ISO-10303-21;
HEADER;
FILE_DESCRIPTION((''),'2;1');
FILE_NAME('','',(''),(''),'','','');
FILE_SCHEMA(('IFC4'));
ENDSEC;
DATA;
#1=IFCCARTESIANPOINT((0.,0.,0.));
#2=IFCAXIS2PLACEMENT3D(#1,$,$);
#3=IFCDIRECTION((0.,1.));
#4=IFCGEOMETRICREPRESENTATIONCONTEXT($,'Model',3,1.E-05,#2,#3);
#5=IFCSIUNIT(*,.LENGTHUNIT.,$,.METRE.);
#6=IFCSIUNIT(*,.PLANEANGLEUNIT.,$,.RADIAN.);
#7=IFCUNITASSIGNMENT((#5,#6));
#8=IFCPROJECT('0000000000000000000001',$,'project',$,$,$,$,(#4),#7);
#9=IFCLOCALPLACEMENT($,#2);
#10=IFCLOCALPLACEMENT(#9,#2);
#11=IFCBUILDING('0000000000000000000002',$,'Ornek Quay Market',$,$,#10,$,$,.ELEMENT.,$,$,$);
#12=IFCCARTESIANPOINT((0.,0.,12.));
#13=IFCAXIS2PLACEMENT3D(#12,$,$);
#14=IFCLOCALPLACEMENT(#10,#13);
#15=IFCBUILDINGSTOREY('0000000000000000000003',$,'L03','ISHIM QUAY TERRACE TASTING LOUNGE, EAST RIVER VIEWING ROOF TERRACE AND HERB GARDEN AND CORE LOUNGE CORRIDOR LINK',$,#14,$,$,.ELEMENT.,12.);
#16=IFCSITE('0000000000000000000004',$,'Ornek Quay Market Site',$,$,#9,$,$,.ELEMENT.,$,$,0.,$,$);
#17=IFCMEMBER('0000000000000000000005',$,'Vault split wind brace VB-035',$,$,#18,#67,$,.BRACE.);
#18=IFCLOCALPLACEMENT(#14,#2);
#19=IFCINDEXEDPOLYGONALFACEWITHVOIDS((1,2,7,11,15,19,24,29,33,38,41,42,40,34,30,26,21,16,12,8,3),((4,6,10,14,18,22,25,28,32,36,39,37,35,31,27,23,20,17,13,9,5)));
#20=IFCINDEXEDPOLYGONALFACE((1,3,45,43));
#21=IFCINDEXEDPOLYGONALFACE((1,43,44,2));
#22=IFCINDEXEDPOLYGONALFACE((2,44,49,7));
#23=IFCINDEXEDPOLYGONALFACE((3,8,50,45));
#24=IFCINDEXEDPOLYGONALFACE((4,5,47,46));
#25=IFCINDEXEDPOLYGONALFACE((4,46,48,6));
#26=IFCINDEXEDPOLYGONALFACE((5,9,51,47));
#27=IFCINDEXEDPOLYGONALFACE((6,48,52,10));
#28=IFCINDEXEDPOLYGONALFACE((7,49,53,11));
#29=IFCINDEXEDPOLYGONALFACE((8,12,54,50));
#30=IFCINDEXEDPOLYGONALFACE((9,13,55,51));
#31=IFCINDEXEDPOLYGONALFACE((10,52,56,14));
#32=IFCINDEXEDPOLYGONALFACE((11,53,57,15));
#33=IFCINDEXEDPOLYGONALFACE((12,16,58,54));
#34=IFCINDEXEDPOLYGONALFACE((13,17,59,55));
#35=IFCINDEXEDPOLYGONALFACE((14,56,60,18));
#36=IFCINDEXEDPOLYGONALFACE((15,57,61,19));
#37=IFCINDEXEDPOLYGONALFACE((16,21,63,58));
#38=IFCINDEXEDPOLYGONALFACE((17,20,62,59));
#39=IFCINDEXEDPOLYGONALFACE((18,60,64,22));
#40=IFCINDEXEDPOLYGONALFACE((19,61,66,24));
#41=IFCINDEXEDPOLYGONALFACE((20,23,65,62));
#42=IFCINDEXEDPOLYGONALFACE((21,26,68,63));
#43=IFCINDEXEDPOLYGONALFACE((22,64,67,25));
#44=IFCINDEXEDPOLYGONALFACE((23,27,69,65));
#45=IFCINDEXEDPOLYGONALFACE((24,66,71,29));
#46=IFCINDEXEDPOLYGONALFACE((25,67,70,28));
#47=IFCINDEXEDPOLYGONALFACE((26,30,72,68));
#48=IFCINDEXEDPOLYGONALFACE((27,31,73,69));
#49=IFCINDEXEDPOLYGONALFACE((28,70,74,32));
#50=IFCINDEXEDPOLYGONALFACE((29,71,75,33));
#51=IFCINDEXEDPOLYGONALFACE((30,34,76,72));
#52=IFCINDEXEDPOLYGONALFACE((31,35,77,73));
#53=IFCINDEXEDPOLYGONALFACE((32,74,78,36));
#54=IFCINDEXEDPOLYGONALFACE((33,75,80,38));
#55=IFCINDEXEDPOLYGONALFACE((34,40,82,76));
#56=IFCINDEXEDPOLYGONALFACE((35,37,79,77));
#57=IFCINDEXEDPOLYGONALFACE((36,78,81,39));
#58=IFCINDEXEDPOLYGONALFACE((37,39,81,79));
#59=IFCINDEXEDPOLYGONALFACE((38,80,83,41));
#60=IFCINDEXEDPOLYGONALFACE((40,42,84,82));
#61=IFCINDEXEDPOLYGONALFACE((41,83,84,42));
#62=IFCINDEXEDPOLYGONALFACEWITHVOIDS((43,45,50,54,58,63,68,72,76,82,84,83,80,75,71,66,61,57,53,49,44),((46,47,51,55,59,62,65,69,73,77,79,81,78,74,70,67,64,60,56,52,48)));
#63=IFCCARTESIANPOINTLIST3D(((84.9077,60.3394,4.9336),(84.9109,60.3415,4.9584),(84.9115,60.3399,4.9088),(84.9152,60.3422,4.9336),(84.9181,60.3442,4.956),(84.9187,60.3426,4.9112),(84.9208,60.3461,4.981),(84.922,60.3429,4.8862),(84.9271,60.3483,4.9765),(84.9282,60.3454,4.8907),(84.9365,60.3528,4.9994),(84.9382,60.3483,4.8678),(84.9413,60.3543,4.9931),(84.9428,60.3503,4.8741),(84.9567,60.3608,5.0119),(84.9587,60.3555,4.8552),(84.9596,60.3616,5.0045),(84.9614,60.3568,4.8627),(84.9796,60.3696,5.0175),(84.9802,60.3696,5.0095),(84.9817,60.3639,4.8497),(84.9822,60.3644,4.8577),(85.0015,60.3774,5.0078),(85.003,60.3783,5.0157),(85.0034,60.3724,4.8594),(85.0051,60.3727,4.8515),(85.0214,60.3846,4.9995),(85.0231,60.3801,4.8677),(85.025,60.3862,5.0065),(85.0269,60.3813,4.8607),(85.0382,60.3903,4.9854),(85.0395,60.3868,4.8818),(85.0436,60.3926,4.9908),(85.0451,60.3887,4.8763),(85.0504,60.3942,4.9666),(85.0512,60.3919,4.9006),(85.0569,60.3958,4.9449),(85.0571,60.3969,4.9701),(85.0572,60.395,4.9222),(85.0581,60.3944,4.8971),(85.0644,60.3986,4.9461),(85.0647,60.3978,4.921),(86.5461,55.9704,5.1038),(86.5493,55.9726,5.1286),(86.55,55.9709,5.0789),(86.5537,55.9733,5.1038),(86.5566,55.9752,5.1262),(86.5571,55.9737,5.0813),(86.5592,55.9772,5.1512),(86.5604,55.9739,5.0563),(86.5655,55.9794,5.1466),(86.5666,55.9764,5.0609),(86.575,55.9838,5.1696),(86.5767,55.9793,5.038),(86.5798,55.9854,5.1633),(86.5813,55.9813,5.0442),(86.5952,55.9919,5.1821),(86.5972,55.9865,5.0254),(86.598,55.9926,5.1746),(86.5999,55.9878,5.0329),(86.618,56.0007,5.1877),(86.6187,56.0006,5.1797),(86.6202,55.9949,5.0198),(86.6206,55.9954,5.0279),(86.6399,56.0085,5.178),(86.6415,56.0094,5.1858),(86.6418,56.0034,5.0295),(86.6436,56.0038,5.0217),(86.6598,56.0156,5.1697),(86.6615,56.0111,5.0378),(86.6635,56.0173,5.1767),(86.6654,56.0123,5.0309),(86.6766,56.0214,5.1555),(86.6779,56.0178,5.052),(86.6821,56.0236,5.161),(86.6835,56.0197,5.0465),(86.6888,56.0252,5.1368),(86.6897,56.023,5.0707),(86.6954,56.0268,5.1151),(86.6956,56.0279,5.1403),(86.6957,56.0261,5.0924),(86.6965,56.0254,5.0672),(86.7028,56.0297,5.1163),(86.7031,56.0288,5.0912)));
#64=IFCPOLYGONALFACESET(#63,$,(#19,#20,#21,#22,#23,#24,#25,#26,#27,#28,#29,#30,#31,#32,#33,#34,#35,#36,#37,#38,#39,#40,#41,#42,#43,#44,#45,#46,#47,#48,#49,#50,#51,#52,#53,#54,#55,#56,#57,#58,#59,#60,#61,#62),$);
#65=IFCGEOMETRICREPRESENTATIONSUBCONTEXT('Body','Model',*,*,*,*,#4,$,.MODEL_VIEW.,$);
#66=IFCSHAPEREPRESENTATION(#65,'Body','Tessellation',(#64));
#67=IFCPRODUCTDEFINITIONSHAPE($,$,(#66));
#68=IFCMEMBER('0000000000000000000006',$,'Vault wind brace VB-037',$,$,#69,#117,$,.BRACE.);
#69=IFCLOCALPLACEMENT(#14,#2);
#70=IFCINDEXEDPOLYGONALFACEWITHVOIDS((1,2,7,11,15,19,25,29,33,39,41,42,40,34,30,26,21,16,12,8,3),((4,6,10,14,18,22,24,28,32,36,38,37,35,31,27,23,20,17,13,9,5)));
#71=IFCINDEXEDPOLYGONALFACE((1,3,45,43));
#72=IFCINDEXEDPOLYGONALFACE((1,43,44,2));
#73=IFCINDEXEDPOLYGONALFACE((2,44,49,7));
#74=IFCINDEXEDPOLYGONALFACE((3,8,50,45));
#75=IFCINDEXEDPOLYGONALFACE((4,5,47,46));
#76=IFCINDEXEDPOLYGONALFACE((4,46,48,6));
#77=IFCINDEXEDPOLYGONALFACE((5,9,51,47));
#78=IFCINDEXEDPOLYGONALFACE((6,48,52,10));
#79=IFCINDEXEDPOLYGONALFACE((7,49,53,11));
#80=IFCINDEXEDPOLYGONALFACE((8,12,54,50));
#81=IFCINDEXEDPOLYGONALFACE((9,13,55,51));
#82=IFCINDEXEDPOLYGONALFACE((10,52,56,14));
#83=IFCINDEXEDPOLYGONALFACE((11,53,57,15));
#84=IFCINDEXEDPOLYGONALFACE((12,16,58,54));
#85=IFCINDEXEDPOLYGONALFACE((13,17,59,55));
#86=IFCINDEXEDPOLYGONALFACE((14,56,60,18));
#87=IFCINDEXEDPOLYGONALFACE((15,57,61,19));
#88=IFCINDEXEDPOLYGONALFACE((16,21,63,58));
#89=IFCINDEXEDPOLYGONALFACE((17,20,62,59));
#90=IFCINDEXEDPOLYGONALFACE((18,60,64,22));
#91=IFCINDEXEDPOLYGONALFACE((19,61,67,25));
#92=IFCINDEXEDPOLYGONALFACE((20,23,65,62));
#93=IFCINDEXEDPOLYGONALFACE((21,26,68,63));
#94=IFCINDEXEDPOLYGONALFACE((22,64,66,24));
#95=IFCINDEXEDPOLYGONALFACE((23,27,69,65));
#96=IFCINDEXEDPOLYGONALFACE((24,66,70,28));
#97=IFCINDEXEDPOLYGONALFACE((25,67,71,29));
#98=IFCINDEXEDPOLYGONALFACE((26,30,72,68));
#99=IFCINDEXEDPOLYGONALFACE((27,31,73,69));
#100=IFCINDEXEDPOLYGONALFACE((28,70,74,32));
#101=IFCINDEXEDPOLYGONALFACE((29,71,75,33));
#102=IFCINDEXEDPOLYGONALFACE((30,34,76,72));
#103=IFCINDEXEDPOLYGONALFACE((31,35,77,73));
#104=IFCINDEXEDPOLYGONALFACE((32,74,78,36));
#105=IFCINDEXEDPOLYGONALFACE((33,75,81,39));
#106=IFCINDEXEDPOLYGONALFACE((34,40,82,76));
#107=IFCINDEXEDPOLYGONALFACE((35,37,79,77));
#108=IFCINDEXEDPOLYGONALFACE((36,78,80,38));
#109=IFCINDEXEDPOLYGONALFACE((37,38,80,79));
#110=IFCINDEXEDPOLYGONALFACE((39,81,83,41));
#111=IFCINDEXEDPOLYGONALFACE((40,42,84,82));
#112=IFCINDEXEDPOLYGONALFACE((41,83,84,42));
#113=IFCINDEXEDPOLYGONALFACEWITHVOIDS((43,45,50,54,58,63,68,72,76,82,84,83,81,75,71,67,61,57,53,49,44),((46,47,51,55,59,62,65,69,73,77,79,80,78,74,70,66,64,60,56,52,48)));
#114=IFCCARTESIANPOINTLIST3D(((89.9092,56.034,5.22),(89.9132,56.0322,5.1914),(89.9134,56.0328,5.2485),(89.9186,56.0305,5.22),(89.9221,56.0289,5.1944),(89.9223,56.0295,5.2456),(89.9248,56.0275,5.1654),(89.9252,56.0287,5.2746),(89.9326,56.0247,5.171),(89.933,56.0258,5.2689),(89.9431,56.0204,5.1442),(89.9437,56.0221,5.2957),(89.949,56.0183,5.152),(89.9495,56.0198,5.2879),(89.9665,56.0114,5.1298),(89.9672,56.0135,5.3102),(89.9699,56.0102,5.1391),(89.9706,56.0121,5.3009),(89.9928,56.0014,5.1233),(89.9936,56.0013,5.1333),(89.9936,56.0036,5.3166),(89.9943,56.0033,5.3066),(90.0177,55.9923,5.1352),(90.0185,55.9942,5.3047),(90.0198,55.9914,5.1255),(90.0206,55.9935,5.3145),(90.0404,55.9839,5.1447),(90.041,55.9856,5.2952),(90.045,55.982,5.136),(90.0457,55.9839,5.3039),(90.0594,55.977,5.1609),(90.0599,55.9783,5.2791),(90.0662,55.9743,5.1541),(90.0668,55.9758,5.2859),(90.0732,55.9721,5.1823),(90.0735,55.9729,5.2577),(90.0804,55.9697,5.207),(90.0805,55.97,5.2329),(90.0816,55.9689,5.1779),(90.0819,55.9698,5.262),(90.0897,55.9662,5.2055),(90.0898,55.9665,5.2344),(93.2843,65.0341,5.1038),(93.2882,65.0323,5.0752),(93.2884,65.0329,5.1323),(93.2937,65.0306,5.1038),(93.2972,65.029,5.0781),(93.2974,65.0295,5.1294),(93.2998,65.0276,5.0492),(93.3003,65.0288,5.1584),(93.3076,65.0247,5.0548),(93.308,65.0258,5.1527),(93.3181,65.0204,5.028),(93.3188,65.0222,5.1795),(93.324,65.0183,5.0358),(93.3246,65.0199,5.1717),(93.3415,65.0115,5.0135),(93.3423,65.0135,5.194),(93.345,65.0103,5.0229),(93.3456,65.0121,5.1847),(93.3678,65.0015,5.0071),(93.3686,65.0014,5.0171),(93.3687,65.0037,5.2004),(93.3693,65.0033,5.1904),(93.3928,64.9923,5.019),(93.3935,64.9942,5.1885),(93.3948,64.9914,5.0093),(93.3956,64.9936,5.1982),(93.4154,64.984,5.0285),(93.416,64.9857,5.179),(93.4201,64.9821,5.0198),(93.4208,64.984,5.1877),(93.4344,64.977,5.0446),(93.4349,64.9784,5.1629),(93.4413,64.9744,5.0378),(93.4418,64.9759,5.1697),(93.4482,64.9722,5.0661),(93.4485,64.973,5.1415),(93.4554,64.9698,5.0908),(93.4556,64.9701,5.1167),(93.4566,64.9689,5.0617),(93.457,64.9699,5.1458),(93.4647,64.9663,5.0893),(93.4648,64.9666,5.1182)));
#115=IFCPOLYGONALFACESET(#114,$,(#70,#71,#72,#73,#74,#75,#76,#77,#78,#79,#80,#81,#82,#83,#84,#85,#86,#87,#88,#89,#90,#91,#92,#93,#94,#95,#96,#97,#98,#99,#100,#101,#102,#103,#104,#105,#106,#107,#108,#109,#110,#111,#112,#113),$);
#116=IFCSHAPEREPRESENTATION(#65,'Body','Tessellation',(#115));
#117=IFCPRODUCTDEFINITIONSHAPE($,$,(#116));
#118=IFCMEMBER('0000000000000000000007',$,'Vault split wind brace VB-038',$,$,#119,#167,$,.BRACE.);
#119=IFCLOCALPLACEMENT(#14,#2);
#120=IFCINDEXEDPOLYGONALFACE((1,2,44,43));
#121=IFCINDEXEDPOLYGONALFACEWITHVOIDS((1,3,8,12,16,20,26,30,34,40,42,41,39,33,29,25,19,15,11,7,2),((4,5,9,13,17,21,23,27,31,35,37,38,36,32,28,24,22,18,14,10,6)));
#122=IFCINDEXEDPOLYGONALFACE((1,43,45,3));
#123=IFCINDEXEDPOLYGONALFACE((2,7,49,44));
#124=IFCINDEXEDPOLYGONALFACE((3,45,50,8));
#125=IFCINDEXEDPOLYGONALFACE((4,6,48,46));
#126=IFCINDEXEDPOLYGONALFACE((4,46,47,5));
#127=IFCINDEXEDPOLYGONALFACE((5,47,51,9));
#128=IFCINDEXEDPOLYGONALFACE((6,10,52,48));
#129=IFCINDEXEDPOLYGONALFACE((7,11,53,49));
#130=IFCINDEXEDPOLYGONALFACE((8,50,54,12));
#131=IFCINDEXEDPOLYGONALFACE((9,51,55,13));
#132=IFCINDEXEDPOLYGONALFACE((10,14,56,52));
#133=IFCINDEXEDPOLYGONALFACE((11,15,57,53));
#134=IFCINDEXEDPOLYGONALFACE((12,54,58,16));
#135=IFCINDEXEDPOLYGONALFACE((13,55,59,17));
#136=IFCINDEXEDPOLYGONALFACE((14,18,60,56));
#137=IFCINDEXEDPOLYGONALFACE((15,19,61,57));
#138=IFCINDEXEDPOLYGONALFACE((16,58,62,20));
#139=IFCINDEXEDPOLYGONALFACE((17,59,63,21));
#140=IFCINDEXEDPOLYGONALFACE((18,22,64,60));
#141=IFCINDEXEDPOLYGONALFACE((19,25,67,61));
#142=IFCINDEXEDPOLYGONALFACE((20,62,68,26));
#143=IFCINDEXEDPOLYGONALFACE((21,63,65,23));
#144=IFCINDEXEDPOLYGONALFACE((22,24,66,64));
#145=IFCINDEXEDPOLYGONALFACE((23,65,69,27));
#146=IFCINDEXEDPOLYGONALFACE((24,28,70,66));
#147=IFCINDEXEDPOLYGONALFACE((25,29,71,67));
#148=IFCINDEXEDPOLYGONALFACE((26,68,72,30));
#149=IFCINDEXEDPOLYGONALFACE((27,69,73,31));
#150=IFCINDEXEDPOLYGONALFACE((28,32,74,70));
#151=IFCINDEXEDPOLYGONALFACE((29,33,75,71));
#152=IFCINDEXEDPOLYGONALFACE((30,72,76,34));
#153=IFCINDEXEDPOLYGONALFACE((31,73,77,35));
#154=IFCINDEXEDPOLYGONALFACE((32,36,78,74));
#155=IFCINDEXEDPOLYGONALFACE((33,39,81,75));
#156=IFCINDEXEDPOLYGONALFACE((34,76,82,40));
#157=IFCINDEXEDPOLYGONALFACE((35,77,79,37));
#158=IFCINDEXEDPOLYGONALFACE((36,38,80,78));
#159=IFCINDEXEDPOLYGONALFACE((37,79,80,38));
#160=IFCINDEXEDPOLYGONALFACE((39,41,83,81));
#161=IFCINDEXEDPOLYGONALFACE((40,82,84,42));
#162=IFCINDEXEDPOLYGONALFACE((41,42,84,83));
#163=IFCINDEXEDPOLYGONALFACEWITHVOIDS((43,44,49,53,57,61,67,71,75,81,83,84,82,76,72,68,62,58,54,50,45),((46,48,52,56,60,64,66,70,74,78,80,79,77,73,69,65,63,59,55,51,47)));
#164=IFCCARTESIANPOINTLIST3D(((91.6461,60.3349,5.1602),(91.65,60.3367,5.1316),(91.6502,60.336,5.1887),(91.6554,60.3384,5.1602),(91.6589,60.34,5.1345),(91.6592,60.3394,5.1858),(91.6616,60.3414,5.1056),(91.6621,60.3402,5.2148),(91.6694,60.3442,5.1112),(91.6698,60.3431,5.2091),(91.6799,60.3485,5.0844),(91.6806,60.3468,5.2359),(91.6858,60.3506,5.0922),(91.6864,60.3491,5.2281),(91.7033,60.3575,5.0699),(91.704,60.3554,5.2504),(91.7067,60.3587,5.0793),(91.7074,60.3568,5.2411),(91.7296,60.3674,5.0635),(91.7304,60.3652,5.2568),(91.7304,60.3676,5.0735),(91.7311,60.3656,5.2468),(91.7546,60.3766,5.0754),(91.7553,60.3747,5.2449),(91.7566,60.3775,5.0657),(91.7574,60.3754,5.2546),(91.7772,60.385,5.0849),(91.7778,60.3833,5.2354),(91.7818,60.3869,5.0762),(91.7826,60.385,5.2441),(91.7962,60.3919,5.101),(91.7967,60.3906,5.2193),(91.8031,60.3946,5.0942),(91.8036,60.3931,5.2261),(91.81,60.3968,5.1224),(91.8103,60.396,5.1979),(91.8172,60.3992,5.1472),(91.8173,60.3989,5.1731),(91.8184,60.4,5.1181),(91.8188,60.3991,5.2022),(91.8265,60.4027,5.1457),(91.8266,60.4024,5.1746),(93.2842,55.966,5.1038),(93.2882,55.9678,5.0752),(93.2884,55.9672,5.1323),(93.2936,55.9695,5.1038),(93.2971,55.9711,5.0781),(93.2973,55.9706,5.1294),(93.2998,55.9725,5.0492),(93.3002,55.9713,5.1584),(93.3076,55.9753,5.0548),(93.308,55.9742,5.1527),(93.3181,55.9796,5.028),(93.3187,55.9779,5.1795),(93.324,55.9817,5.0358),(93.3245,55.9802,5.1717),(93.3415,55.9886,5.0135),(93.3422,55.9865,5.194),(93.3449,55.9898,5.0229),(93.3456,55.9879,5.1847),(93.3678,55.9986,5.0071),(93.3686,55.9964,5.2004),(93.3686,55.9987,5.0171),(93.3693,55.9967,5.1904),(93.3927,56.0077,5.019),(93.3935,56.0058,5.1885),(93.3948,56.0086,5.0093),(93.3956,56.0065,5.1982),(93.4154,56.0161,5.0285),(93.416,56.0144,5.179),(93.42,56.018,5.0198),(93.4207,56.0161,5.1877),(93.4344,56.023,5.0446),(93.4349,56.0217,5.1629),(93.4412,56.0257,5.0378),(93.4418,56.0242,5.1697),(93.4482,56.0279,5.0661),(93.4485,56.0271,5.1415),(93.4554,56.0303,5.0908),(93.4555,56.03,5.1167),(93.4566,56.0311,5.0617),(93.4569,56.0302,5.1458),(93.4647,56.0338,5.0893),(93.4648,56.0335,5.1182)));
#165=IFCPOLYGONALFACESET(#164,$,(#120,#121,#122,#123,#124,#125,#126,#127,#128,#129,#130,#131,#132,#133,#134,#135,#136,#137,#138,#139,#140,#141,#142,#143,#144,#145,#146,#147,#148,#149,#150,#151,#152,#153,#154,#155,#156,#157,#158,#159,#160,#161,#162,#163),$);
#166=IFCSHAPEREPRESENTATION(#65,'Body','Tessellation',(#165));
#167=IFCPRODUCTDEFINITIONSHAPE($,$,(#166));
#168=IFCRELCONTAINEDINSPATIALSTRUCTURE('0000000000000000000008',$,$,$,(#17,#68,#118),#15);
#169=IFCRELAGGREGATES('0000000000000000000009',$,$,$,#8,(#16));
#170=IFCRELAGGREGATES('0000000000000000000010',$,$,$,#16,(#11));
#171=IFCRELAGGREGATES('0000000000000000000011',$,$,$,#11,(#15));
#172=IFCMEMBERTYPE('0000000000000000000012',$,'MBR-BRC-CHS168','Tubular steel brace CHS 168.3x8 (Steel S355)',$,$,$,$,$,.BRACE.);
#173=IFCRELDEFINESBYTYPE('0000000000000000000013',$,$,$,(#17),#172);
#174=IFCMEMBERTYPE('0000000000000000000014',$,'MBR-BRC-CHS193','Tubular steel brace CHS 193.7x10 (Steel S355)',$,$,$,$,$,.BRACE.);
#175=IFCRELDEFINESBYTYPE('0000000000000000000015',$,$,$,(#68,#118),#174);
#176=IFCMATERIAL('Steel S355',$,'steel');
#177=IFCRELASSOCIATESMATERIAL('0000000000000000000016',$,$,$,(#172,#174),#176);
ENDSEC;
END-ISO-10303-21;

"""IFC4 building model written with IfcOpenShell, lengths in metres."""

from ifc_helpers import new_model, si_unit, direction, frame, origin, origin_2d, place, context, subcontext, project, spatial, hollow_circle, extrude, material, material_profile, profile_set, type_object, element, save


model = new_model("IFC4")

# Units and contexts
model_context = context("Model", 3, precision=1e-05, world=origin(), true_north=direction((0.0, 1.0)))
body_context = subcontext(model_context, "Body", "Model", "MODEL_VIEW")
ifc_project = project(units=[si_unit("LENGTHUNIT", "METRE"), si_unit("PLANEANGLEUNIT", "RADIAN")], contexts=[model_context])

# Site, building, storey
site_placement = place(None, origin())
site = spatial("IfcSite", under=ifc_project, at=site_placement, Name="Ornek Quay Market Site", CompositionType="ELEMENT", RefElevation=0.0)
building_placement = place(site_placement, origin())
building = spatial("IfcBuilding", under=site, at=building_placement, Name="Ornek Quay Market", CompositionType="ELEMENT")
storey_placement = place(building_placement, frame((0.0, 0.0, 12.0)))
storey = spatial("IfcBuildingStorey", under=building, at=storey_placement, Name="L03", Description="ISHIM QUAY TERRACE TASTING LOUNGE, EAST RIVER VIEWING ROOF TERRACE AND HERB GARDEN AND CORE LOUNGE CORRIDOR LINK", CompositionType="ELEMENT", Elevation=12.0)

# Shared definitions
ifc_material_1 = material(Name="Steel S355", Category="steel")

# Members
ifc_material_profile_1 = material_profile(ifc_material_1, hollow_circle(Radius=0.0842, WallThickness=0.0081, at=origin_2d()), Name="CHS 168.3x8", Category="steel")
ifc_profile_set_1 = profile_set([ifc_material_profile_1], Name="Steel S355")
member_type_1 = type_object("IfcMemberType", Name="MBR-BRC-CHS168", Description="Tubular steel brace CHS 168.3x8 (Steel S355)", PredefinedType="BRACE", material=ifc_profile_set_1)
member_1_placement = place(storey_placement, frame((86.625, 56.0, 5.1038), z_axis=(-0.350907, 0.935701, -0.036445), x_axis=(-0.936323, -0.351141, 0.0)))
element("IfcMember", 1, at=member_1_placement, inside=storey, type_object=member_type_1, Name="Vault split wind brace VB-035", PredefinedType="BRACE", context=body_context, shape_type="SweptSolid", body=[
    extrude(hollow_circle(Radius=0.0842, WallThickness=0.0081, at=origin_2d()), origin(), (0.0, 0.0, 1.0), 4.6692),
])
ifc_material_profile_2 = material_profile(ifc_material_1, hollow_circle(Radius=0.0969, WallThickness=0.01, at=origin_2d()), Name="CHS 193.7x10", Category="steel")
ifc_profile_set_2 = profile_set([ifc_material_profile_2], Name="Steel S355")
member_type_2 = type_object("IfcMemberType", Name="MBR-BRC-CHS193", Description="Tubular steel brace CHS 193.7x10 (Steel S355)", PredefinedType="BRACE", material=ifc_profile_set_2)
member_2_placement = place(storey_placement, frame((90.0, 56.0, 5.22), z_axis=(0.351098, 0.936261, -0.012089), x_axis=(-0.936329, 0.351123, 0.0)))
element("IfcMember", 2, at=member_2_placement, inside=storey, type_object=member_type_2, Name="Vault wind brace VB-037", PredefinedType="BRACE", context=body_context, shape_type="SweptSolid", body=[
    extrude(hollow_circle(Radius=0.0969, WallThickness=0.01, at=origin_2d()), origin(), (0.0, 0.0, 1.0), 9.6128),
])
member_3_placement = place(storey_placement, frame((93.375, 56.0, 5.1038), z_axis=(-0.351069, 0.936272, 0.012086), x_axis=(-0.93634, -0.351095, 0.0)))
element("IfcMember", 3, at=member_3_placement, inside=storey, type_object=member_type_2, Name="Vault split wind brace VB-038", PredefinedType="BRACE", context=body_context, shape_type="SweptSolid", body=[
    extrude(hollow_circle(Radius=0.0969, WallThickness=0.01, at=origin_2d()), origin(), (0.0, 0.0, 1.0), 4.6663),
])

save(model, "model.ifc")
